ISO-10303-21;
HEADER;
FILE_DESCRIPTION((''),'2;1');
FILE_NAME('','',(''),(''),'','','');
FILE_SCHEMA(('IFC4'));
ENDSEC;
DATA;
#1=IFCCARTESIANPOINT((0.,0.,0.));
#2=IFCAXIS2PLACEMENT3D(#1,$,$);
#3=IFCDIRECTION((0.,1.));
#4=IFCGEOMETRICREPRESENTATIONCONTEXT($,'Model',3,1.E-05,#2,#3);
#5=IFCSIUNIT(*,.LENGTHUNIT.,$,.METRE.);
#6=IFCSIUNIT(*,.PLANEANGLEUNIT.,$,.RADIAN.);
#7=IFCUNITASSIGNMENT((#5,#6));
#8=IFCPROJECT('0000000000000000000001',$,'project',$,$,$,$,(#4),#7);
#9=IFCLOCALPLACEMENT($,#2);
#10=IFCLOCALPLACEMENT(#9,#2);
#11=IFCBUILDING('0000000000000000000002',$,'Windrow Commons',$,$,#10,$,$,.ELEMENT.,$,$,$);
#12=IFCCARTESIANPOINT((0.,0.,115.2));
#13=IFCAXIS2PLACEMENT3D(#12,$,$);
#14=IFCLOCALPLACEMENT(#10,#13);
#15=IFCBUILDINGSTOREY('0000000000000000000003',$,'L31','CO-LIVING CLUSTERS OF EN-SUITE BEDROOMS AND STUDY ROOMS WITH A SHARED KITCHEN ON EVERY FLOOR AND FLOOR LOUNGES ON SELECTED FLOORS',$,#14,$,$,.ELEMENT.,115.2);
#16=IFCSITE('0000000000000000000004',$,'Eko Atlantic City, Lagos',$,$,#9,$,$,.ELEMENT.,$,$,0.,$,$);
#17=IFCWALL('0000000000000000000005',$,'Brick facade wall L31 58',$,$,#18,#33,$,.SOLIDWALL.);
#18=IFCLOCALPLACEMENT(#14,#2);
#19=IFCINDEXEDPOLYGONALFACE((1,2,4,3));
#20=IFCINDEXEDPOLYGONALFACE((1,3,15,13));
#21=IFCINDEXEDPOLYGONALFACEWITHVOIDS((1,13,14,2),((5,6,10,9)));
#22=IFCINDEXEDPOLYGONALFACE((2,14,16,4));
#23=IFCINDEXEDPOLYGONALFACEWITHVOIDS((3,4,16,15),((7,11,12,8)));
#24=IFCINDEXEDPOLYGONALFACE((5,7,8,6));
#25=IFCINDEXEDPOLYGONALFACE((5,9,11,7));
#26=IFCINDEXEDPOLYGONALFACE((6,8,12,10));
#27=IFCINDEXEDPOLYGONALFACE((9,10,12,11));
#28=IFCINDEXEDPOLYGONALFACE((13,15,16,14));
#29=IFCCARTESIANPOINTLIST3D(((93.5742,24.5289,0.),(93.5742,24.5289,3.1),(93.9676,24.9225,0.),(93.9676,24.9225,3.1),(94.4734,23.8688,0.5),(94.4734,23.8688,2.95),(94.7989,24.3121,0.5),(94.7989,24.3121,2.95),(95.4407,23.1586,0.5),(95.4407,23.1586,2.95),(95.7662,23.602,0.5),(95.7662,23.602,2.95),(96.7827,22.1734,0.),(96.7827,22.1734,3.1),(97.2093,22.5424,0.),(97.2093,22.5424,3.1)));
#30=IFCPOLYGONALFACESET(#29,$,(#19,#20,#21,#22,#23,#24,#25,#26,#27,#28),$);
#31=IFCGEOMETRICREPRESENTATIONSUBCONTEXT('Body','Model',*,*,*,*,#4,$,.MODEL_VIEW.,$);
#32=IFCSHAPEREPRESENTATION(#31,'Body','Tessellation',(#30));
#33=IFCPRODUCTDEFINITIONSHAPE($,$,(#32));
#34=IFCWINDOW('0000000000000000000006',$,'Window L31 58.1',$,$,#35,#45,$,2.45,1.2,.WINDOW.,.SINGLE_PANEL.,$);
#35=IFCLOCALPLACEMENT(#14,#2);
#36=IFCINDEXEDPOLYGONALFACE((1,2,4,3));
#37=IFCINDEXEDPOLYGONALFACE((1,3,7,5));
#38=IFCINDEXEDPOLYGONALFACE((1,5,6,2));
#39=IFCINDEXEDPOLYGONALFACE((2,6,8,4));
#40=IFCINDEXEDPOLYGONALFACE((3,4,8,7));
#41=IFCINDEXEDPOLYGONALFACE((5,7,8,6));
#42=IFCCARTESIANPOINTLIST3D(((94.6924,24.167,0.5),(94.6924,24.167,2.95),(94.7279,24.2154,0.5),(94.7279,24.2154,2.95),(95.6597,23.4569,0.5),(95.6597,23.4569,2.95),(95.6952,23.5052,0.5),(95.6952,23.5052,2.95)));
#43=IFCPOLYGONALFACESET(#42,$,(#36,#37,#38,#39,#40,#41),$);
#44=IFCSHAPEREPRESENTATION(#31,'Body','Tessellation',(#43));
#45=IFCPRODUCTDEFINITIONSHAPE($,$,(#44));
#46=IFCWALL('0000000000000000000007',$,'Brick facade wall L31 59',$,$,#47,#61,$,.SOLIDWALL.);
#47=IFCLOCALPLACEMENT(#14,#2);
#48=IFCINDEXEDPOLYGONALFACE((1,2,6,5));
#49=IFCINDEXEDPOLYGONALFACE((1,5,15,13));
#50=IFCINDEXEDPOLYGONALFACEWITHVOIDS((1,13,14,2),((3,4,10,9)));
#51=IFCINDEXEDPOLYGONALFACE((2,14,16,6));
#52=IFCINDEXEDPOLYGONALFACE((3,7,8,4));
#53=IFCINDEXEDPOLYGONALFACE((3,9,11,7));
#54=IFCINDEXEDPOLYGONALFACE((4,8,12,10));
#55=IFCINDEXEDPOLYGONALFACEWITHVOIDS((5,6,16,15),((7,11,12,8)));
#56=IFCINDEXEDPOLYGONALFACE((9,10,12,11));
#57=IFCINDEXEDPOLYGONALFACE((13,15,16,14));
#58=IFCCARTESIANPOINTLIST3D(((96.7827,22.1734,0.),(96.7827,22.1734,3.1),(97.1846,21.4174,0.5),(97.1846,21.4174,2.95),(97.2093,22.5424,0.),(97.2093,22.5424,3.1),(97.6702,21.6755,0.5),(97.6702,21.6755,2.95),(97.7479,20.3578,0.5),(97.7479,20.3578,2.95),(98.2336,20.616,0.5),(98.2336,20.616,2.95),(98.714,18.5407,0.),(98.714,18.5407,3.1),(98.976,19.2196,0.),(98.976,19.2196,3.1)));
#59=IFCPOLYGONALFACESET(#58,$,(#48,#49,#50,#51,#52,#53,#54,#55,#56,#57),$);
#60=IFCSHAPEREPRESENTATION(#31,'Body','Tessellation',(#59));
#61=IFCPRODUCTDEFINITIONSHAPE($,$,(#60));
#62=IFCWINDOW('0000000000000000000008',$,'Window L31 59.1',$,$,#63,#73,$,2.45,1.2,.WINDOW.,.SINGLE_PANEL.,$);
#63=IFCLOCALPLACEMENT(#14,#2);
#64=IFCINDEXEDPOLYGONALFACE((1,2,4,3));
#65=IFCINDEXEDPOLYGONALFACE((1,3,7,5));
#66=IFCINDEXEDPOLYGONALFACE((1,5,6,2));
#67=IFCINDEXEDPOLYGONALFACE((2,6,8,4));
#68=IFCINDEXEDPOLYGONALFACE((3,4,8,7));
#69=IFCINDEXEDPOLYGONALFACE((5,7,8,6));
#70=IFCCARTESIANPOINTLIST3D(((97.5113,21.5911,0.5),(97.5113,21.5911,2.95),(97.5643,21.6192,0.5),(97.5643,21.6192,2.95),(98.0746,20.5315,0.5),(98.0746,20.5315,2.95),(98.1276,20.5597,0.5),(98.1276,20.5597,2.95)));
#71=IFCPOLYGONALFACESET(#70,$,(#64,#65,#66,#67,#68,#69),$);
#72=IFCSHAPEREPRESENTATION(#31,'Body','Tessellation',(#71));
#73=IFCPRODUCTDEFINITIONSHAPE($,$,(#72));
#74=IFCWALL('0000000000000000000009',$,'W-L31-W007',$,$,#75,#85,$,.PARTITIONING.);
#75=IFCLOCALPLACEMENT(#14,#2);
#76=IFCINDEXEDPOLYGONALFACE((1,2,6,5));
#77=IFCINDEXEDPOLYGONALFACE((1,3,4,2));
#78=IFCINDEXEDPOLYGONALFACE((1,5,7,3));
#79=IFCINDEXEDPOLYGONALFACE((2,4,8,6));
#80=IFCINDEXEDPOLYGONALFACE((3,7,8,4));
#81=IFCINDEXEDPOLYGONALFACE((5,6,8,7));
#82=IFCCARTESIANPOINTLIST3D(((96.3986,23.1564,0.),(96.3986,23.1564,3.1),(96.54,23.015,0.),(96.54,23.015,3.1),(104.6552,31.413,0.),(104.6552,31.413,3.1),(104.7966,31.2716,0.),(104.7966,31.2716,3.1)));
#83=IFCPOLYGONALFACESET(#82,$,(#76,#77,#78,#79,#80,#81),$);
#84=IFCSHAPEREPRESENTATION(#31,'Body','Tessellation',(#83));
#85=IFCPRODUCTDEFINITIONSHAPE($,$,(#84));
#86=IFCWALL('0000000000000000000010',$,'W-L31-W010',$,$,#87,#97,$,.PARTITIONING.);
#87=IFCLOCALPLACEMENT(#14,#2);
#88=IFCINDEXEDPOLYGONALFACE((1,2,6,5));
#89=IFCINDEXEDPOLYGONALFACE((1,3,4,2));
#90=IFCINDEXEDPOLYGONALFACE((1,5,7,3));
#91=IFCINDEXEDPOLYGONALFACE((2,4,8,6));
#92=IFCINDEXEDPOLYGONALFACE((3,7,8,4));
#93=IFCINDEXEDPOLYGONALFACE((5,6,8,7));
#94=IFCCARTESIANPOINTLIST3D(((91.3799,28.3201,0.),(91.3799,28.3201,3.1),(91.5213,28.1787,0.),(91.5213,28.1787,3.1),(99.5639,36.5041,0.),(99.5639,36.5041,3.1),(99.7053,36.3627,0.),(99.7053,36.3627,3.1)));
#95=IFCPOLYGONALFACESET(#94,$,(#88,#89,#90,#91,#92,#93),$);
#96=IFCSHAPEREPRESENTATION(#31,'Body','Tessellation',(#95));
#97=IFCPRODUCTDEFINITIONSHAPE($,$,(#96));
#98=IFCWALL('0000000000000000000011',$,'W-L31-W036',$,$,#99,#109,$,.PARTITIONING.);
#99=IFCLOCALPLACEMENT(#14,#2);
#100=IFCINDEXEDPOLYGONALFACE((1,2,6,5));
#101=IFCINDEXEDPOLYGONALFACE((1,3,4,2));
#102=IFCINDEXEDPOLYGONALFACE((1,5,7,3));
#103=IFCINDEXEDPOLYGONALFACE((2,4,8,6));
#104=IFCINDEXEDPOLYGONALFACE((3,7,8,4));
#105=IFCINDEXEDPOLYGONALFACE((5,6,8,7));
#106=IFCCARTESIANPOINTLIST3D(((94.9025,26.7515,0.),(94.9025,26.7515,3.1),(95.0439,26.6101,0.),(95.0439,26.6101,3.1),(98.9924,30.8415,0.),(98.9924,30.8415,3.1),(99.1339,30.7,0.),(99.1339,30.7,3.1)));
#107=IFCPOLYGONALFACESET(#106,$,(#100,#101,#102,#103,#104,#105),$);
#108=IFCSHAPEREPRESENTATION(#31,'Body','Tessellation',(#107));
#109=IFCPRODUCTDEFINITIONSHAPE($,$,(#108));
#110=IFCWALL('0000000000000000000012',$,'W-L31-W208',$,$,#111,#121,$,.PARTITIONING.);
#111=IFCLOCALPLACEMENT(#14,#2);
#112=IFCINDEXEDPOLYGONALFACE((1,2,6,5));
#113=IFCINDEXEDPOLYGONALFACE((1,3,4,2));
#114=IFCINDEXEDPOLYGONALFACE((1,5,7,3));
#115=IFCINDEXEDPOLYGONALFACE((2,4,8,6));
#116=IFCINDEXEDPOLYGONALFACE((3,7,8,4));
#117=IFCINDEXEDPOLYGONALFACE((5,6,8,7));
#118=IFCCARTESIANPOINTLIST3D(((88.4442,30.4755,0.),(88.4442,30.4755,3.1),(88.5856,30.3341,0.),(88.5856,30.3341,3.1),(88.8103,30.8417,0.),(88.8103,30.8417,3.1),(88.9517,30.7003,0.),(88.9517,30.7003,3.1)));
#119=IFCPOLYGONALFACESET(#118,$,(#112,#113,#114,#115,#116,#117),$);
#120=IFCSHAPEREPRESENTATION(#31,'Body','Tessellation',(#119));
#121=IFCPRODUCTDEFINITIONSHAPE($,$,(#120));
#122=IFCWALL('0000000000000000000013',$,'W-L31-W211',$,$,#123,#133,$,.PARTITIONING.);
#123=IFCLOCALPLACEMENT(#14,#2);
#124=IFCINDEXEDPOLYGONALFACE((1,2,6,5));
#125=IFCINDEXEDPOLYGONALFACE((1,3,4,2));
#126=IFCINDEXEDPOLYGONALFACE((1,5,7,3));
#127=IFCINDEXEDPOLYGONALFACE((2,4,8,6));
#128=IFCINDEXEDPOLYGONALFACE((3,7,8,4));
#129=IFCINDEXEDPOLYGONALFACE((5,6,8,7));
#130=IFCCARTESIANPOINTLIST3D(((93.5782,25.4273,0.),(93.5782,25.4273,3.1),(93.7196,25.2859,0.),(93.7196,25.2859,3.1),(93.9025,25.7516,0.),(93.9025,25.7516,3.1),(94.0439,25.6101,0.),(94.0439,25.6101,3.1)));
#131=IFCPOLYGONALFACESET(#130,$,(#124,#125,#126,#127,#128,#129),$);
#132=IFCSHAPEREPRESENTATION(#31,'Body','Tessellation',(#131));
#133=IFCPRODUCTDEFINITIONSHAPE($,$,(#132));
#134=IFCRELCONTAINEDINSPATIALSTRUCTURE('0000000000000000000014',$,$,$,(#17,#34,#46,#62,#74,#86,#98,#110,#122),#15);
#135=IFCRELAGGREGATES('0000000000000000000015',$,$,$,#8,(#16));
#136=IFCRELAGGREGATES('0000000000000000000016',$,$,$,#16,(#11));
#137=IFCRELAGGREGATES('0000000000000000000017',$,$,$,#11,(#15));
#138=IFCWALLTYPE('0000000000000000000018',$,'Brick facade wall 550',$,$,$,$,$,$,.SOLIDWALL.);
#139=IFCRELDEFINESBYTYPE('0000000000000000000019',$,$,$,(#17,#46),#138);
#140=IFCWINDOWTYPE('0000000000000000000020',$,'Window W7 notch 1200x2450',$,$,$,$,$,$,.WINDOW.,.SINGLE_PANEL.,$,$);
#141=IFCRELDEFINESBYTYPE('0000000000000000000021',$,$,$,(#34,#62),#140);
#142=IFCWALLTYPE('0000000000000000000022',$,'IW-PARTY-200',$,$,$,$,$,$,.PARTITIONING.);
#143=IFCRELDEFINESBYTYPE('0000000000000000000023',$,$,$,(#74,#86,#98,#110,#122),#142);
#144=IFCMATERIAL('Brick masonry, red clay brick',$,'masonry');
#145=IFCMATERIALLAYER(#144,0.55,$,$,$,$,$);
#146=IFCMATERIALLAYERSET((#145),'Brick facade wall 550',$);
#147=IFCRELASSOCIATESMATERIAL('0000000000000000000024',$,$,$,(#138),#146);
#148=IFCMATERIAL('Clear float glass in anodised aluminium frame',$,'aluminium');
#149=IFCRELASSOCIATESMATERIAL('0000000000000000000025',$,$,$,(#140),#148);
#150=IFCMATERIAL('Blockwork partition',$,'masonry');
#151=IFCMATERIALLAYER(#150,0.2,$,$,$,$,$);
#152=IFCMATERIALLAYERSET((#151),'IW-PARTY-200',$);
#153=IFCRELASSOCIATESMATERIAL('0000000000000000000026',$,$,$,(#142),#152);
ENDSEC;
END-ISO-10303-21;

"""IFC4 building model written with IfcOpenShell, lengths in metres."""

from ifc_helpers import new_model, si_unit, direction, frame, frame_2d, origin, place, context, subcontext, project, spatial, polyline, rectangle, outline, extrude, material, layer, layer_set, type_object, element, fill, save


model = new_model("IFC4")

# Units and contexts
model_context = context("Model", 3, precision=1e-05, world=origin(), true_north=direction((0.0, 1.0)))
body_context = subcontext(model_context, "Body", "Model", "MODEL_VIEW")
ifc_project = project(units=[si_unit("LENGTHUNIT", "METRE"), si_unit("PLANEANGLEUNIT", "RADIAN")], contexts=[model_context])

# Site, building, storey
site_placement = place(None, origin())
site = spatial("IfcSite", under=ifc_project, at=site_placement, Name="Eko Atlantic City, Lagos", CompositionType="ELEMENT", RefElevation=0.0)
building_placement = place(site_placement, origin())
building = spatial("IfcBuilding", under=site, at=building_placement, Name="Windrow Commons", CompositionType="ELEMENT")
storey_placement = place(building_placement, frame((0.0, 0.0, 115.2)))
storey = spatial("IfcBuildingStorey", under=building, at=storey_placement, Name="L31", Description="CO-LIVING CLUSTERS OF EN-SUITE BEDROOMS AND STUDY ROOMS WITH A SHARED KITCHEN ON EVERY FLOOR AND FLOOR LOUNGES ON SELECTED FLOORS", CompositionType="ELEMENT", Elevation=115.2)

# Shared definitions
ifc_material_1 = material(Name="Brick masonry, red clay brick", Category="masonry")
ifc_layer_1 = layer(ifc_material_1, 0.55)
ifc_layer_set_1 = layer_set([ifc_layer_1], Name="Brick facade wall 550")
wall_type_1 = type_object("IfcWallType", Name="Brick facade wall 550", PredefinedType="SOLIDWALL", material=ifc_layer_set_1)

# Walls, openings, windows
wall_1_placement = place(storey_placement, frame((93.7709, 24.7257, 0.0), z_axis=(0.0, 0.0, 1.0), x_axis=(0.80608, -0.591807, 0.0)))
wall_1 = element("IfcWall", 1, at=wall_1_placement, inside=storey, type_object=wall_type_1, Name="Brick facade wall L31 58", PredefinedType="SOLIDWALL", context=body_context, shape_type="SweptSolid", body=[
    extrude(outline(polyline([(-0.0421, -0.275), (3.9382, -0.275), (4.0637, 0.275), (0.0421, 0.275), (-0.0421, -0.275)])), origin(), (0.0, 0.0, 1.0), 3.1),
])
opening_1_placement = place(wall_1_placement, frame((1.0734, 0.0, 0.5)))
opening_1 = element("IfcOpeningElement", 2, at=opening_1_placement, cuts=wall_1, PredefinedType="OPENING", context=body_context, shape_type="SweptSolid", body=[
    extrude(rectangle(XDim=1.2, YDim=2.45, at=frame_2d((0.6, 1.225))), frame((0.0, 0.285, 0.0), z_axis=(0.0, -1.0, 0.0), x_axis=(1.0, 0.0, 0.0)), (0.0, 0.0, 1.0), 0.57),
])
ifc_material_2 = material(Name="Clear float glass in anodised aluminium frame", Category="aluminium")
window_type_1 = type_object("IfcWindowType", Name="Window W7 notch 1200x2450", PartitioningType="SINGLE_PANEL", PredefinedType="WINDOW", material=ifc_material_2)
window_1_placement = place(opening_1_placement, origin())
window_1 = element("IfcWindow", 3, at=window_1_placement, inside=storey, type_object=window_type_1, Name="Window L31 58.1", OverallHeight=2.45, OverallWidth=1.2, PartitioningType="SINGLE_PANEL", PredefinedType="WINDOW", context=body_context, shape_type="SweptSolid", body=[
    extrude(rectangle(XDim=1.2, YDim=2.45, at=frame_2d((0.6, 1.225))), frame((0.0, 0.155, 0.0), z_axis=(0.0, -1.0, 0.0), x_axis=(1.0, 0.0, 0.0)), (0.0, 0.0, 1.0), 0.06),
])
fill(opening_1, window_1)
wall_2_placement = place(storey_placement, frame((96.996, 22.3579, 0.0), z_axis=(0.0, 0.0, 1.0), x_axis=(0.469436, -0.882966, 0.0)))
wall_2 = element("IfcWall", 4, at=wall_2_placement, inside=storey, type_object=wall_type_1, Name="Brick facade wall L31 59", PredefinedType="SOLIDWALL", context=body_context, shape_type="SweptSolid", body=[
    extrude(outline(polyline([(0.0628, -0.275), (4.177, -0.275), (3.7005, 0.275), (-0.0628, 0.275), (0.0628, -0.275)])), origin(), (0.0, 0.0, 1.0), 3.1),
])
opening_2_placement = place(wall_2_placement, frame((0.919, 0.0, 0.5)))
opening_2 = element("IfcOpeningElement", 5, at=opening_2_placement, cuts=wall_2, PredefinedType="OPENING", context=body_context, shape_type="SweptSolid", body=[
    extrude(rectangle(XDim=1.2, YDim=2.45, at=frame_2d((0.6, 1.225))), frame((0.0, 0.285, 0.0), z_axis=(0.0, -1.0, 0.0), x_axis=(1.0, 0.0, 0.0)), (0.0, 0.0, 1.0), 0.57),
])
window_2_placement = place(opening_2_placement, origin())
window_2 = element("IfcWindow", 6, at=window_2_placement, inside=storey, type_object=window_type_1, Name="Window L31 59.1", OverallHeight=2.45, OverallWidth=1.2, PartitioningType="SINGLE_PANEL", PredefinedType="WINDOW", context=body_context, shape_type="SweptSolid", body=[
    extrude(rectangle(XDim=1.2, YDim=2.45, at=frame_2d((0.6, 1.225))), frame((0.0, 0.155, 0.0), z_axis=(0.0, -1.0, 0.0), x_axis=(1.0, 0.0, 0.0)), (0.0, 0.0, 1.0), 0.06),
])
fill(opening_2, window_2)

# Walls
ifc_material_3 = material(Name="Blockwork partition", Category="masonry")
ifc_layer_2 = layer(ifc_material_3, 0.2)
ifc_layer_set_2 = layer_set([ifc_layer_2], Name="IW-PARTY-200")
wall_type_2 = type_object("IfcWallType", Name="IW-PARTY-200", PredefinedType="PARTITIONING", material=ifc_layer_set_2)
wall_3_placement = place(storey_placement, frame((96.4693, 23.0857, 0.0), z_axis=(0.0, 0.0, 1.0), x_axis=(0.707107, 0.707107, 0.0)))
element("IfcWall", 7, at=wall_3_placement, inside=storey, type_object=wall_type_2, Name="W-L31-W007", PredefinedType="PARTITIONING", context=body_context, shape_type="SweptSolid", body=[
    extrude(rectangle(XDim=11.6765, YDim=0.2, at=frame_2d((5.8383, 0.0))), origin(), (0.0, 0.0, 1.0), 3.1),
])
wall_4_placement = place(storey_placement, frame((91.4506, 28.2494, 0.0), z_axis=(0.0, 0.0, 1.0), x_axis=(0.707107, 0.707107, 0.0)))
element("IfcWall", 8, at=wall_4_placement, inside=storey, type_object=wall_type_2, Name="W-L31-W010", PredefinedType="PARTITIONING", context=body_context, shape_type="SweptSolid", body=[
    extrude(rectangle(XDim=11.5739, YDim=0.2, at=frame_2d((5.787, 0.0))), origin(), (0.0, 0.0, 1.0), 3.1),
])
wall_5_placement = place(storey_placement, frame((94.9732, 26.6808, 0.0), z_axis=(0.0, 0.0, 1.0), x_axis=(0.707107, 0.707107, 0.0)))
element("IfcWall", 9, at=wall_5_placement, inside=storey, type_object=wall_type_2, Name="W-L31-W036", PredefinedType="PARTITIONING", context=body_context, shape_type="SweptSolid", body=[
    extrude(rectangle(XDim=5.7841, YDim=0.2, at=frame_2d((2.892, 0.0))), origin(), (0.0, 0.0, 1.0), 3.1),
])
wall_6_placement = place(storey_placement, frame((88.5149, 30.4048, 0.0), z_axis=(0.0, 0.0, 1.0), x_axis=(0.70701, 0.707203, 0.0)))
element("IfcWall", 10, at=wall_6_placement, inside=storey, type_object=wall_type_2, Name="W-L31-W208", PredefinedType="PARTITIONING", context=body_context, shape_type="SweptSolid", body=[
    extrude(rectangle(XDim=0.5178, YDim=0.2, at=frame_2d((0.2589, 0.0))), origin(), (0.0, 0.0, 1.0), 3.1),
])
wall_7_placement = place(storey_placement, frame((93.6489, 25.3566, 0.0), z_axis=(0.0, 0.0, 1.0), x_axis=(0.707216, 0.706998, 0.0)))
element("IfcWall", 11, at=wall_7_placement, inside=storey, type_object=wall_type_2, Name="W-L31-W211", PredefinedType="PARTITIONING", context=body_context, shape_type="SweptSolid", body=[
    extrude(rectangle(XDim=0.4586, YDim=0.2, at=frame_2d((0.2293, 0.0))), origin(), (0.0, 0.0, 1.0), 3.1),
])

save(model, "model.ifc")
